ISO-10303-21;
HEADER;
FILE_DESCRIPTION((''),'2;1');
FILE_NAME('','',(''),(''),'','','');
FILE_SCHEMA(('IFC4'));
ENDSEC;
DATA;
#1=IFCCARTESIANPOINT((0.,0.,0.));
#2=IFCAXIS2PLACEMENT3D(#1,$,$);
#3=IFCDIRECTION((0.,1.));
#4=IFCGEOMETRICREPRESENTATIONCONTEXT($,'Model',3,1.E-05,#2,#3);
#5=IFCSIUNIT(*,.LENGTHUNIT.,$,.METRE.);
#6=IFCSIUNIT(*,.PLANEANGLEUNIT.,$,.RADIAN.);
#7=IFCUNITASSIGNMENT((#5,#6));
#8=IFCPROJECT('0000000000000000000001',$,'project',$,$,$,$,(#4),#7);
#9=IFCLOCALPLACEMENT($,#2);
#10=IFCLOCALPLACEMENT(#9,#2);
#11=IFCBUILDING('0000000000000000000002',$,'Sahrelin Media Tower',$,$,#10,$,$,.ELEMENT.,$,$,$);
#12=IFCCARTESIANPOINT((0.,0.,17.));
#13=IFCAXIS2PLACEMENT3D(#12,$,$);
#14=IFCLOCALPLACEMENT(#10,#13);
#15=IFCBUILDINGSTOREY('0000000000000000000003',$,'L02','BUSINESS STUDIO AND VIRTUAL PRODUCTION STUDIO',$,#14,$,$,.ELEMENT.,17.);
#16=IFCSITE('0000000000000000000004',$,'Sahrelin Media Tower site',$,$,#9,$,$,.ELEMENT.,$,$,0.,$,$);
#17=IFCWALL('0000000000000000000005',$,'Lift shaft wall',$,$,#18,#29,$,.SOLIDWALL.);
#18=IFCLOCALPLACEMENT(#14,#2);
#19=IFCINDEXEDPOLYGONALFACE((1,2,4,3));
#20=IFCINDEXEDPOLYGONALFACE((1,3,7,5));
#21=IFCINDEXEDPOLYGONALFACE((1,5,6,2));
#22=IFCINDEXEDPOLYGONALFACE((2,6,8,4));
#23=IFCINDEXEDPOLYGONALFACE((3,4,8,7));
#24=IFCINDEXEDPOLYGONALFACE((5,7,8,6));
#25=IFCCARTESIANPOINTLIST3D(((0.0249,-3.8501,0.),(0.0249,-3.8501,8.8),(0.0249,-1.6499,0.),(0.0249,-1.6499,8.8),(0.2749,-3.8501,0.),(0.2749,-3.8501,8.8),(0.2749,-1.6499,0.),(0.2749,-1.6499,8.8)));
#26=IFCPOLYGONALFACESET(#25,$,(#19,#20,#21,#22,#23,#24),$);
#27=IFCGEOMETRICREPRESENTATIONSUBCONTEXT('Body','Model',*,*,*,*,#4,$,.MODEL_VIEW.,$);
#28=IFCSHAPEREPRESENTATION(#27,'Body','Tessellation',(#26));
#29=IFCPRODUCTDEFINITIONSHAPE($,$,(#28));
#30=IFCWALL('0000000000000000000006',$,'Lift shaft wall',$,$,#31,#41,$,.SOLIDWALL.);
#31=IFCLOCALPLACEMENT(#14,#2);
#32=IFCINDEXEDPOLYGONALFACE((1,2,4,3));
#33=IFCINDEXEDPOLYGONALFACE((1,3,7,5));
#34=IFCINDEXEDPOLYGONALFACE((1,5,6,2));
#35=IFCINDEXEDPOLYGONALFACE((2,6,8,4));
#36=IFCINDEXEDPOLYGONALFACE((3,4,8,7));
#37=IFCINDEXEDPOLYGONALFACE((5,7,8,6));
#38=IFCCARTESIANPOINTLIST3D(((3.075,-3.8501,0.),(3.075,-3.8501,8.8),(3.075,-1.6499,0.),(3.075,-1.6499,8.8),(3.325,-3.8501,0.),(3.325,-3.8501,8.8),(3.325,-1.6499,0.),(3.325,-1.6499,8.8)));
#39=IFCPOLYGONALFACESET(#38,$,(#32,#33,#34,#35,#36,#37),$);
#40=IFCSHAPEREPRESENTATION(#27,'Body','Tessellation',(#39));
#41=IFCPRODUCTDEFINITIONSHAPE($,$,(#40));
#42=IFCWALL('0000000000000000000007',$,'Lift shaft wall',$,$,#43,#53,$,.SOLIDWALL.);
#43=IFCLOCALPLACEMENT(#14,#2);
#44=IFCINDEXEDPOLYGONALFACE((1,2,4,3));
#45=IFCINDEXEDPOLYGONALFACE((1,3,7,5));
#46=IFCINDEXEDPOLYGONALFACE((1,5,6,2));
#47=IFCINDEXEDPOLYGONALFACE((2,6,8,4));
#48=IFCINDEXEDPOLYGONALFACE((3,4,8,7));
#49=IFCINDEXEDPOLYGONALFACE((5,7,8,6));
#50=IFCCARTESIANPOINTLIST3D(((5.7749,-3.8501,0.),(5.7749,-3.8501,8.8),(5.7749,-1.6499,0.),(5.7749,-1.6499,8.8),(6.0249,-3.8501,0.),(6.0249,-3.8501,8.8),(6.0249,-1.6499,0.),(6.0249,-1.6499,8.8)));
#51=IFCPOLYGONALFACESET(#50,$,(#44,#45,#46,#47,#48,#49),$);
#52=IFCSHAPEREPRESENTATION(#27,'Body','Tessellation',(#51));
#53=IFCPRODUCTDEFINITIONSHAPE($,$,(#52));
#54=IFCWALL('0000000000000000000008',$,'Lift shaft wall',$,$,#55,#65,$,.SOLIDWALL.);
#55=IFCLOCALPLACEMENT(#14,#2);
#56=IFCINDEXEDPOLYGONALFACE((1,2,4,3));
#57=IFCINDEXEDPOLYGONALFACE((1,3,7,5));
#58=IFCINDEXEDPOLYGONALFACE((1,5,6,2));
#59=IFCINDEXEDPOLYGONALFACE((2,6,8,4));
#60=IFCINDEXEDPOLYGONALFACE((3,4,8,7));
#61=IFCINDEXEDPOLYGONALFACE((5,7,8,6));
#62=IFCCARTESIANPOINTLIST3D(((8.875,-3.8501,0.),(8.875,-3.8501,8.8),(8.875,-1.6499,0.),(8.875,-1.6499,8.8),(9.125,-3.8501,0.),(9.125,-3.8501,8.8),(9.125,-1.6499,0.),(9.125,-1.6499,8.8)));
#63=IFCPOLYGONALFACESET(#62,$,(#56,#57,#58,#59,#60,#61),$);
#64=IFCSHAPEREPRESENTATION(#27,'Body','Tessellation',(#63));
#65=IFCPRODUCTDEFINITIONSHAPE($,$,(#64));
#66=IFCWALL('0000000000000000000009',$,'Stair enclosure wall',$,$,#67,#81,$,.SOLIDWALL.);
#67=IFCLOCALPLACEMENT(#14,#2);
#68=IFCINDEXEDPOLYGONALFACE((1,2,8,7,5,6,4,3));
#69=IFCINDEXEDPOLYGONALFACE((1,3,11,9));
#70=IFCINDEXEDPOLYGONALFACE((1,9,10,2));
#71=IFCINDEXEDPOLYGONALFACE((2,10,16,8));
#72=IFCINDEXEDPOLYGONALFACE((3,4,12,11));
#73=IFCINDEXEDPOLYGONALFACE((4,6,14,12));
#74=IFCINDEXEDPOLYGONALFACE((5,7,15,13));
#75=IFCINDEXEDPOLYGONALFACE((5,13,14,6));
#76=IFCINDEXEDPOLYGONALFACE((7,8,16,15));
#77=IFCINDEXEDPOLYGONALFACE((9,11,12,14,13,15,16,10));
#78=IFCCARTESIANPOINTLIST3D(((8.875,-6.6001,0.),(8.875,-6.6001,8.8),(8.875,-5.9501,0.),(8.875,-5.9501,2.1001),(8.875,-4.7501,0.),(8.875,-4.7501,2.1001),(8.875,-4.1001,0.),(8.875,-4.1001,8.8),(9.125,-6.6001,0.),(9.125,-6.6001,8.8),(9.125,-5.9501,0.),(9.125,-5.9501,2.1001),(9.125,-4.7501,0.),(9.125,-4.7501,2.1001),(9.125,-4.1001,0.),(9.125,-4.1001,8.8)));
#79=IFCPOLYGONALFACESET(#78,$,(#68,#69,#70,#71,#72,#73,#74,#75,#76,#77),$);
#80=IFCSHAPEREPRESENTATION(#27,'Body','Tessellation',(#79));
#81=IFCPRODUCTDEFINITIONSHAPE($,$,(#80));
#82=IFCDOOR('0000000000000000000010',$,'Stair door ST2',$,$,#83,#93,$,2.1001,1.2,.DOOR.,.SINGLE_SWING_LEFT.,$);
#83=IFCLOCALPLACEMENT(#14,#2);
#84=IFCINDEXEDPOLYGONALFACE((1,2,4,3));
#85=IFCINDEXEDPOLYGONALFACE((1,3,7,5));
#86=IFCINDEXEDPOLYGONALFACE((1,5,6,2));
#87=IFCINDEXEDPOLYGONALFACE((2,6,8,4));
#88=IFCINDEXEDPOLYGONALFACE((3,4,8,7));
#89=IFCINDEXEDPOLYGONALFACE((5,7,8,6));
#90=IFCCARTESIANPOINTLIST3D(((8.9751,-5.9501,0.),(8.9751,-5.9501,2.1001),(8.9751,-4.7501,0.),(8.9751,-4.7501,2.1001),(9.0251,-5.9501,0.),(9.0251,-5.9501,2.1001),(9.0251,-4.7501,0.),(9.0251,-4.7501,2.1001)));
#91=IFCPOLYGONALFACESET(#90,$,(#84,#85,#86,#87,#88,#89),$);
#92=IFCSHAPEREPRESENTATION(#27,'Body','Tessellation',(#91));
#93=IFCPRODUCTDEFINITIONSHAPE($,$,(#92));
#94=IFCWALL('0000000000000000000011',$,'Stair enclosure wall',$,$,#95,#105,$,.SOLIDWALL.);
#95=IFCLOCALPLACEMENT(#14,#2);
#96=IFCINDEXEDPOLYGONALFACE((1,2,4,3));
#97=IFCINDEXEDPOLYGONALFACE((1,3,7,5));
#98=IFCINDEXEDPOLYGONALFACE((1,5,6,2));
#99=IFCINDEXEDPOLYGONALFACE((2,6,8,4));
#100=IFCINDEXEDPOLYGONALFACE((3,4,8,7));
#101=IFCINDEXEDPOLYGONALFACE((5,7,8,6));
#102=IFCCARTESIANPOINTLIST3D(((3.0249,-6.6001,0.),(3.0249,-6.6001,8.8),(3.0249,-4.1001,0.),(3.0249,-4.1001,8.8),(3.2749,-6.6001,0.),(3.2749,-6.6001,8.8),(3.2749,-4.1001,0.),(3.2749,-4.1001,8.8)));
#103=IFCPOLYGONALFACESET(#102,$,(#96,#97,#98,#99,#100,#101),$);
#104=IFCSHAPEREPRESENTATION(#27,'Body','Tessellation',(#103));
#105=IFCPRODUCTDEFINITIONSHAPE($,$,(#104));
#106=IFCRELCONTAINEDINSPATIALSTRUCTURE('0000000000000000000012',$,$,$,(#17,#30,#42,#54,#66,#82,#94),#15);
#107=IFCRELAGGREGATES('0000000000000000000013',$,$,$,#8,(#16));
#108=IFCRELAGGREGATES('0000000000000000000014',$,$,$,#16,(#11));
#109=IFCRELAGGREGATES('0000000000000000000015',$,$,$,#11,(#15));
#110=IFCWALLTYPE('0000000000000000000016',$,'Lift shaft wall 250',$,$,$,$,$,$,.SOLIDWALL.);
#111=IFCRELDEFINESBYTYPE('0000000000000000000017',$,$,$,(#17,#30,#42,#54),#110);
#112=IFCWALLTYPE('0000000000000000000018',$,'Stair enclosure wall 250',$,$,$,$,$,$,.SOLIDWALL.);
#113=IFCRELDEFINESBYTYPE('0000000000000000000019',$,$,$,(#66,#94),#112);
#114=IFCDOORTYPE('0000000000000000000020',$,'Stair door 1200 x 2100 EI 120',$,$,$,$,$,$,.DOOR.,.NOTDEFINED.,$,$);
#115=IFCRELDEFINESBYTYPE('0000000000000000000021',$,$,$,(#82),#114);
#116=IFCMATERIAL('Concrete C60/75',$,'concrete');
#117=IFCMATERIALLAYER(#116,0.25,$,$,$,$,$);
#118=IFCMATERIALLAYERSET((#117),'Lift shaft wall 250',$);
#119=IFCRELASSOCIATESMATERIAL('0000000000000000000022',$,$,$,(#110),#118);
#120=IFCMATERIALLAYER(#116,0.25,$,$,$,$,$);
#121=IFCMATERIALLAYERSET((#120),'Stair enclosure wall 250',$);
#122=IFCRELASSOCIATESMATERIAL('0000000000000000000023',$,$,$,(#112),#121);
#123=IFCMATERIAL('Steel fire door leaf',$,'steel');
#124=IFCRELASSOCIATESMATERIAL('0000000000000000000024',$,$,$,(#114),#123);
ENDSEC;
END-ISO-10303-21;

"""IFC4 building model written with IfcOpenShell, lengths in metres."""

from ifc_helpers import new_model, si_unit, direction, frame, frame_2d, origin, place, context, subcontext, project, spatial, rectangle, extrude, material, layer, layer_set, type_object, element, fill, save


model = new_model("IFC4")

# Units and contexts
model_context = context("Model", 3, precision=1e-05, world=origin(), true_north=direction((0.0, 1.0)))
body_context = subcontext(model_context, "Body", "Model", "MODEL_VIEW")
ifc_project = project(units=[si_unit("LENGTHUNIT", "METRE"), si_unit("PLANEANGLEUNIT", "RADIAN")], contexts=[model_context])

# Site, building, storey
site_placement = place(None, origin())
site = spatial("IfcSite", under=ifc_project, at=site_placement, Name="Sahrelin Media Tower site", CompositionType="ELEMENT", RefElevation=0.0)
building_placement = place(site_placement, origin())
building = spatial("IfcBuilding", under=site, at=building_placement, Name="Sahrelin Media Tower", CompositionType="ELEMENT")
storey_placement = place(building_placement, frame((0.0, 0.0, 17.0)))
storey = spatial("IfcBuildingStorey", under=building, at=storey_placement, Name="L02", Description="BUSINESS STUDIO AND VIRTUAL PRODUCTION STUDIO", CompositionType="ELEMENT", Elevation=17.0)

# Walls
ifc_material_1 = material(Name="Concrete C60/75", Category="concrete")
ifc_layer_1 = layer(ifc_material_1, 0.25)
ifc_layer_set_1 = layer_set([ifc_layer_1], Name="Lift shaft wall 250")
wall_type_1 = type_object("IfcWallType", Name="Lift shaft wall 250", PredefinedType="SOLIDWALL", material=ifc_layer_set_1)
for number, where, z_axis, x_axis, name in (
    (1, (0.1499, -3.8501, 0.0), (0.0, 0.0, 1.0), (0.0, 1.0, 0.0), "Lift shaft wall"),
    (2, (3.2, -3.8501, 0.0), (0.0, 0.0, 1.0), (0.0, 1.0, 0.0), "Lift shaft wall"),
    (3, (5.8999, -3.8501, 0.0), (0.0, 0.0, 1.0), (0.0, 1.0, 0.0), "Lift shaft wall"),
    (4, (9.0, -3.8501, 0.0), (0.0, 0.0, 1.0), (0.0, 1.0, 0.0), "Lift shaft wall"),
):
    element("IfcWall", number, at=place(storey_placement, frame(where, z_axis=z_axis, x_axis=x_axis)), inside=storey, type_object=wall_type_1, Name=name, PredefinedType="SOLIDWALL", context=body_context, shape_type="SweptSolid", body=[
        extrude(rectangle(XDim=2.2002, YDim=0.25, at=frame_2d((1.1001, 0.0))), origin(), (0.0, 0.0, 1.0), 8.8),
    ])

# Wall, opening, door
ifc_layer_2 = layer(ifc_material_1, 0.25)
ifc_layer_set_2 = layer_set([ifc_layer_2], Name="Stair enclosure wall 250")
wall_type_2 = type_object("IfcWallType", Name="Stair enclosure wall 250", PredefinedType="SOLIDWALL", material=ifc_layer_set_2)
wall_1_placement = place(storey_placement, frame((9.0, -6.6001, 0.0), z_axis=(0.0, 0.0, 1.0), x_axis=(0.0, 1.0, 0.0)))
wall_1 = element("IfcWall", 5, at=wall_1_placement, inside=storey, type_object=wall_type_2, Name="Stair enclosure wall", PredefinedType="SOLIDWALL", context=body_context, shape_type="SweptSolid", body=[
    extrude(rectangle(XDim=2.5, YDim=0.25, at=frame_2d((1.25, 0.0))), origin(), (0.0, 0.0, 1.0), 8.8),
])
opening_placement = place(wall_1_placement, frame((0.6499, 0.0, 0.0)))
opening = element("IfcOpeningElement", 6, at=opening_placement, cuts=wall_1, PredefinedType="OPENING", context=body_context, shape_type="SweptSolid", body=[
    extrude(rectangle(XDim=1.2, YDim=2.1001, at=frame_2d((0.6001, 1.05))), frame((0.0, 0.125, 0.0), z_axis=(0.0, -1.0, 0.0), x_axis=(1.0, 0.0, 0.0)), (0.0, 0.0, 1.0), 0.25),
])
ifc_material_2 = material(Name="Steel fire door leaf", Category="steel")
door_type = type_object("IfcDoorType", Name="Stair door 1200 x 2100 EI 120", OperationType="NOTDEFINED", PredefinedType="DOOR", material=ifc_material_2)
door_placement = place(opening_placement, origin())
door = element("IfcDoor", 7, at=door_placement, inside=storey, type_object=door_type, Name="Stair door ST2", OperationType="SINGLE_SWING_LEFT", OverallHeight=2.1001, OverallWidth=1.2, PredefinedType="DOOR", context=body_context, shape_type="SweptSolid", body=[
    extrude(rectangle(XDim=1.2, YDim=2.1001, at=frame_2d((0.6001, 1.05))), frame((0.0, 0.0249, 0.0), z_axis=(0.0, -1.0, 0.0), x_axis=(1.0, 0.0, 0.0)), (0.0, 0.0, 1.0), 0.05),
])
fill(opening, door)

# Wall
wall_2_placement = place(storey_placement, frame((3.1499, -6.6001, 0.0), z_axis=(0.0, 0.0, 1.0), x_axis=(0.0, 1.0, 0.0)))
element("IfcWall", 8, at=wall_2_placement, inside=storey, type_object=wall_type_2, Name="Stair enclosure wall", PredefinedType="SOLIDWALL", context=body_context, shape_type="SweptSolid", body=[
    extrude(rectangle(XDim=2.5, YDim=0.25, at=frame_2d((1.25, 0.0))), origin(), (0.0, 0.0, 1.0), 8.8),
])

save(model, "model.ifc")
